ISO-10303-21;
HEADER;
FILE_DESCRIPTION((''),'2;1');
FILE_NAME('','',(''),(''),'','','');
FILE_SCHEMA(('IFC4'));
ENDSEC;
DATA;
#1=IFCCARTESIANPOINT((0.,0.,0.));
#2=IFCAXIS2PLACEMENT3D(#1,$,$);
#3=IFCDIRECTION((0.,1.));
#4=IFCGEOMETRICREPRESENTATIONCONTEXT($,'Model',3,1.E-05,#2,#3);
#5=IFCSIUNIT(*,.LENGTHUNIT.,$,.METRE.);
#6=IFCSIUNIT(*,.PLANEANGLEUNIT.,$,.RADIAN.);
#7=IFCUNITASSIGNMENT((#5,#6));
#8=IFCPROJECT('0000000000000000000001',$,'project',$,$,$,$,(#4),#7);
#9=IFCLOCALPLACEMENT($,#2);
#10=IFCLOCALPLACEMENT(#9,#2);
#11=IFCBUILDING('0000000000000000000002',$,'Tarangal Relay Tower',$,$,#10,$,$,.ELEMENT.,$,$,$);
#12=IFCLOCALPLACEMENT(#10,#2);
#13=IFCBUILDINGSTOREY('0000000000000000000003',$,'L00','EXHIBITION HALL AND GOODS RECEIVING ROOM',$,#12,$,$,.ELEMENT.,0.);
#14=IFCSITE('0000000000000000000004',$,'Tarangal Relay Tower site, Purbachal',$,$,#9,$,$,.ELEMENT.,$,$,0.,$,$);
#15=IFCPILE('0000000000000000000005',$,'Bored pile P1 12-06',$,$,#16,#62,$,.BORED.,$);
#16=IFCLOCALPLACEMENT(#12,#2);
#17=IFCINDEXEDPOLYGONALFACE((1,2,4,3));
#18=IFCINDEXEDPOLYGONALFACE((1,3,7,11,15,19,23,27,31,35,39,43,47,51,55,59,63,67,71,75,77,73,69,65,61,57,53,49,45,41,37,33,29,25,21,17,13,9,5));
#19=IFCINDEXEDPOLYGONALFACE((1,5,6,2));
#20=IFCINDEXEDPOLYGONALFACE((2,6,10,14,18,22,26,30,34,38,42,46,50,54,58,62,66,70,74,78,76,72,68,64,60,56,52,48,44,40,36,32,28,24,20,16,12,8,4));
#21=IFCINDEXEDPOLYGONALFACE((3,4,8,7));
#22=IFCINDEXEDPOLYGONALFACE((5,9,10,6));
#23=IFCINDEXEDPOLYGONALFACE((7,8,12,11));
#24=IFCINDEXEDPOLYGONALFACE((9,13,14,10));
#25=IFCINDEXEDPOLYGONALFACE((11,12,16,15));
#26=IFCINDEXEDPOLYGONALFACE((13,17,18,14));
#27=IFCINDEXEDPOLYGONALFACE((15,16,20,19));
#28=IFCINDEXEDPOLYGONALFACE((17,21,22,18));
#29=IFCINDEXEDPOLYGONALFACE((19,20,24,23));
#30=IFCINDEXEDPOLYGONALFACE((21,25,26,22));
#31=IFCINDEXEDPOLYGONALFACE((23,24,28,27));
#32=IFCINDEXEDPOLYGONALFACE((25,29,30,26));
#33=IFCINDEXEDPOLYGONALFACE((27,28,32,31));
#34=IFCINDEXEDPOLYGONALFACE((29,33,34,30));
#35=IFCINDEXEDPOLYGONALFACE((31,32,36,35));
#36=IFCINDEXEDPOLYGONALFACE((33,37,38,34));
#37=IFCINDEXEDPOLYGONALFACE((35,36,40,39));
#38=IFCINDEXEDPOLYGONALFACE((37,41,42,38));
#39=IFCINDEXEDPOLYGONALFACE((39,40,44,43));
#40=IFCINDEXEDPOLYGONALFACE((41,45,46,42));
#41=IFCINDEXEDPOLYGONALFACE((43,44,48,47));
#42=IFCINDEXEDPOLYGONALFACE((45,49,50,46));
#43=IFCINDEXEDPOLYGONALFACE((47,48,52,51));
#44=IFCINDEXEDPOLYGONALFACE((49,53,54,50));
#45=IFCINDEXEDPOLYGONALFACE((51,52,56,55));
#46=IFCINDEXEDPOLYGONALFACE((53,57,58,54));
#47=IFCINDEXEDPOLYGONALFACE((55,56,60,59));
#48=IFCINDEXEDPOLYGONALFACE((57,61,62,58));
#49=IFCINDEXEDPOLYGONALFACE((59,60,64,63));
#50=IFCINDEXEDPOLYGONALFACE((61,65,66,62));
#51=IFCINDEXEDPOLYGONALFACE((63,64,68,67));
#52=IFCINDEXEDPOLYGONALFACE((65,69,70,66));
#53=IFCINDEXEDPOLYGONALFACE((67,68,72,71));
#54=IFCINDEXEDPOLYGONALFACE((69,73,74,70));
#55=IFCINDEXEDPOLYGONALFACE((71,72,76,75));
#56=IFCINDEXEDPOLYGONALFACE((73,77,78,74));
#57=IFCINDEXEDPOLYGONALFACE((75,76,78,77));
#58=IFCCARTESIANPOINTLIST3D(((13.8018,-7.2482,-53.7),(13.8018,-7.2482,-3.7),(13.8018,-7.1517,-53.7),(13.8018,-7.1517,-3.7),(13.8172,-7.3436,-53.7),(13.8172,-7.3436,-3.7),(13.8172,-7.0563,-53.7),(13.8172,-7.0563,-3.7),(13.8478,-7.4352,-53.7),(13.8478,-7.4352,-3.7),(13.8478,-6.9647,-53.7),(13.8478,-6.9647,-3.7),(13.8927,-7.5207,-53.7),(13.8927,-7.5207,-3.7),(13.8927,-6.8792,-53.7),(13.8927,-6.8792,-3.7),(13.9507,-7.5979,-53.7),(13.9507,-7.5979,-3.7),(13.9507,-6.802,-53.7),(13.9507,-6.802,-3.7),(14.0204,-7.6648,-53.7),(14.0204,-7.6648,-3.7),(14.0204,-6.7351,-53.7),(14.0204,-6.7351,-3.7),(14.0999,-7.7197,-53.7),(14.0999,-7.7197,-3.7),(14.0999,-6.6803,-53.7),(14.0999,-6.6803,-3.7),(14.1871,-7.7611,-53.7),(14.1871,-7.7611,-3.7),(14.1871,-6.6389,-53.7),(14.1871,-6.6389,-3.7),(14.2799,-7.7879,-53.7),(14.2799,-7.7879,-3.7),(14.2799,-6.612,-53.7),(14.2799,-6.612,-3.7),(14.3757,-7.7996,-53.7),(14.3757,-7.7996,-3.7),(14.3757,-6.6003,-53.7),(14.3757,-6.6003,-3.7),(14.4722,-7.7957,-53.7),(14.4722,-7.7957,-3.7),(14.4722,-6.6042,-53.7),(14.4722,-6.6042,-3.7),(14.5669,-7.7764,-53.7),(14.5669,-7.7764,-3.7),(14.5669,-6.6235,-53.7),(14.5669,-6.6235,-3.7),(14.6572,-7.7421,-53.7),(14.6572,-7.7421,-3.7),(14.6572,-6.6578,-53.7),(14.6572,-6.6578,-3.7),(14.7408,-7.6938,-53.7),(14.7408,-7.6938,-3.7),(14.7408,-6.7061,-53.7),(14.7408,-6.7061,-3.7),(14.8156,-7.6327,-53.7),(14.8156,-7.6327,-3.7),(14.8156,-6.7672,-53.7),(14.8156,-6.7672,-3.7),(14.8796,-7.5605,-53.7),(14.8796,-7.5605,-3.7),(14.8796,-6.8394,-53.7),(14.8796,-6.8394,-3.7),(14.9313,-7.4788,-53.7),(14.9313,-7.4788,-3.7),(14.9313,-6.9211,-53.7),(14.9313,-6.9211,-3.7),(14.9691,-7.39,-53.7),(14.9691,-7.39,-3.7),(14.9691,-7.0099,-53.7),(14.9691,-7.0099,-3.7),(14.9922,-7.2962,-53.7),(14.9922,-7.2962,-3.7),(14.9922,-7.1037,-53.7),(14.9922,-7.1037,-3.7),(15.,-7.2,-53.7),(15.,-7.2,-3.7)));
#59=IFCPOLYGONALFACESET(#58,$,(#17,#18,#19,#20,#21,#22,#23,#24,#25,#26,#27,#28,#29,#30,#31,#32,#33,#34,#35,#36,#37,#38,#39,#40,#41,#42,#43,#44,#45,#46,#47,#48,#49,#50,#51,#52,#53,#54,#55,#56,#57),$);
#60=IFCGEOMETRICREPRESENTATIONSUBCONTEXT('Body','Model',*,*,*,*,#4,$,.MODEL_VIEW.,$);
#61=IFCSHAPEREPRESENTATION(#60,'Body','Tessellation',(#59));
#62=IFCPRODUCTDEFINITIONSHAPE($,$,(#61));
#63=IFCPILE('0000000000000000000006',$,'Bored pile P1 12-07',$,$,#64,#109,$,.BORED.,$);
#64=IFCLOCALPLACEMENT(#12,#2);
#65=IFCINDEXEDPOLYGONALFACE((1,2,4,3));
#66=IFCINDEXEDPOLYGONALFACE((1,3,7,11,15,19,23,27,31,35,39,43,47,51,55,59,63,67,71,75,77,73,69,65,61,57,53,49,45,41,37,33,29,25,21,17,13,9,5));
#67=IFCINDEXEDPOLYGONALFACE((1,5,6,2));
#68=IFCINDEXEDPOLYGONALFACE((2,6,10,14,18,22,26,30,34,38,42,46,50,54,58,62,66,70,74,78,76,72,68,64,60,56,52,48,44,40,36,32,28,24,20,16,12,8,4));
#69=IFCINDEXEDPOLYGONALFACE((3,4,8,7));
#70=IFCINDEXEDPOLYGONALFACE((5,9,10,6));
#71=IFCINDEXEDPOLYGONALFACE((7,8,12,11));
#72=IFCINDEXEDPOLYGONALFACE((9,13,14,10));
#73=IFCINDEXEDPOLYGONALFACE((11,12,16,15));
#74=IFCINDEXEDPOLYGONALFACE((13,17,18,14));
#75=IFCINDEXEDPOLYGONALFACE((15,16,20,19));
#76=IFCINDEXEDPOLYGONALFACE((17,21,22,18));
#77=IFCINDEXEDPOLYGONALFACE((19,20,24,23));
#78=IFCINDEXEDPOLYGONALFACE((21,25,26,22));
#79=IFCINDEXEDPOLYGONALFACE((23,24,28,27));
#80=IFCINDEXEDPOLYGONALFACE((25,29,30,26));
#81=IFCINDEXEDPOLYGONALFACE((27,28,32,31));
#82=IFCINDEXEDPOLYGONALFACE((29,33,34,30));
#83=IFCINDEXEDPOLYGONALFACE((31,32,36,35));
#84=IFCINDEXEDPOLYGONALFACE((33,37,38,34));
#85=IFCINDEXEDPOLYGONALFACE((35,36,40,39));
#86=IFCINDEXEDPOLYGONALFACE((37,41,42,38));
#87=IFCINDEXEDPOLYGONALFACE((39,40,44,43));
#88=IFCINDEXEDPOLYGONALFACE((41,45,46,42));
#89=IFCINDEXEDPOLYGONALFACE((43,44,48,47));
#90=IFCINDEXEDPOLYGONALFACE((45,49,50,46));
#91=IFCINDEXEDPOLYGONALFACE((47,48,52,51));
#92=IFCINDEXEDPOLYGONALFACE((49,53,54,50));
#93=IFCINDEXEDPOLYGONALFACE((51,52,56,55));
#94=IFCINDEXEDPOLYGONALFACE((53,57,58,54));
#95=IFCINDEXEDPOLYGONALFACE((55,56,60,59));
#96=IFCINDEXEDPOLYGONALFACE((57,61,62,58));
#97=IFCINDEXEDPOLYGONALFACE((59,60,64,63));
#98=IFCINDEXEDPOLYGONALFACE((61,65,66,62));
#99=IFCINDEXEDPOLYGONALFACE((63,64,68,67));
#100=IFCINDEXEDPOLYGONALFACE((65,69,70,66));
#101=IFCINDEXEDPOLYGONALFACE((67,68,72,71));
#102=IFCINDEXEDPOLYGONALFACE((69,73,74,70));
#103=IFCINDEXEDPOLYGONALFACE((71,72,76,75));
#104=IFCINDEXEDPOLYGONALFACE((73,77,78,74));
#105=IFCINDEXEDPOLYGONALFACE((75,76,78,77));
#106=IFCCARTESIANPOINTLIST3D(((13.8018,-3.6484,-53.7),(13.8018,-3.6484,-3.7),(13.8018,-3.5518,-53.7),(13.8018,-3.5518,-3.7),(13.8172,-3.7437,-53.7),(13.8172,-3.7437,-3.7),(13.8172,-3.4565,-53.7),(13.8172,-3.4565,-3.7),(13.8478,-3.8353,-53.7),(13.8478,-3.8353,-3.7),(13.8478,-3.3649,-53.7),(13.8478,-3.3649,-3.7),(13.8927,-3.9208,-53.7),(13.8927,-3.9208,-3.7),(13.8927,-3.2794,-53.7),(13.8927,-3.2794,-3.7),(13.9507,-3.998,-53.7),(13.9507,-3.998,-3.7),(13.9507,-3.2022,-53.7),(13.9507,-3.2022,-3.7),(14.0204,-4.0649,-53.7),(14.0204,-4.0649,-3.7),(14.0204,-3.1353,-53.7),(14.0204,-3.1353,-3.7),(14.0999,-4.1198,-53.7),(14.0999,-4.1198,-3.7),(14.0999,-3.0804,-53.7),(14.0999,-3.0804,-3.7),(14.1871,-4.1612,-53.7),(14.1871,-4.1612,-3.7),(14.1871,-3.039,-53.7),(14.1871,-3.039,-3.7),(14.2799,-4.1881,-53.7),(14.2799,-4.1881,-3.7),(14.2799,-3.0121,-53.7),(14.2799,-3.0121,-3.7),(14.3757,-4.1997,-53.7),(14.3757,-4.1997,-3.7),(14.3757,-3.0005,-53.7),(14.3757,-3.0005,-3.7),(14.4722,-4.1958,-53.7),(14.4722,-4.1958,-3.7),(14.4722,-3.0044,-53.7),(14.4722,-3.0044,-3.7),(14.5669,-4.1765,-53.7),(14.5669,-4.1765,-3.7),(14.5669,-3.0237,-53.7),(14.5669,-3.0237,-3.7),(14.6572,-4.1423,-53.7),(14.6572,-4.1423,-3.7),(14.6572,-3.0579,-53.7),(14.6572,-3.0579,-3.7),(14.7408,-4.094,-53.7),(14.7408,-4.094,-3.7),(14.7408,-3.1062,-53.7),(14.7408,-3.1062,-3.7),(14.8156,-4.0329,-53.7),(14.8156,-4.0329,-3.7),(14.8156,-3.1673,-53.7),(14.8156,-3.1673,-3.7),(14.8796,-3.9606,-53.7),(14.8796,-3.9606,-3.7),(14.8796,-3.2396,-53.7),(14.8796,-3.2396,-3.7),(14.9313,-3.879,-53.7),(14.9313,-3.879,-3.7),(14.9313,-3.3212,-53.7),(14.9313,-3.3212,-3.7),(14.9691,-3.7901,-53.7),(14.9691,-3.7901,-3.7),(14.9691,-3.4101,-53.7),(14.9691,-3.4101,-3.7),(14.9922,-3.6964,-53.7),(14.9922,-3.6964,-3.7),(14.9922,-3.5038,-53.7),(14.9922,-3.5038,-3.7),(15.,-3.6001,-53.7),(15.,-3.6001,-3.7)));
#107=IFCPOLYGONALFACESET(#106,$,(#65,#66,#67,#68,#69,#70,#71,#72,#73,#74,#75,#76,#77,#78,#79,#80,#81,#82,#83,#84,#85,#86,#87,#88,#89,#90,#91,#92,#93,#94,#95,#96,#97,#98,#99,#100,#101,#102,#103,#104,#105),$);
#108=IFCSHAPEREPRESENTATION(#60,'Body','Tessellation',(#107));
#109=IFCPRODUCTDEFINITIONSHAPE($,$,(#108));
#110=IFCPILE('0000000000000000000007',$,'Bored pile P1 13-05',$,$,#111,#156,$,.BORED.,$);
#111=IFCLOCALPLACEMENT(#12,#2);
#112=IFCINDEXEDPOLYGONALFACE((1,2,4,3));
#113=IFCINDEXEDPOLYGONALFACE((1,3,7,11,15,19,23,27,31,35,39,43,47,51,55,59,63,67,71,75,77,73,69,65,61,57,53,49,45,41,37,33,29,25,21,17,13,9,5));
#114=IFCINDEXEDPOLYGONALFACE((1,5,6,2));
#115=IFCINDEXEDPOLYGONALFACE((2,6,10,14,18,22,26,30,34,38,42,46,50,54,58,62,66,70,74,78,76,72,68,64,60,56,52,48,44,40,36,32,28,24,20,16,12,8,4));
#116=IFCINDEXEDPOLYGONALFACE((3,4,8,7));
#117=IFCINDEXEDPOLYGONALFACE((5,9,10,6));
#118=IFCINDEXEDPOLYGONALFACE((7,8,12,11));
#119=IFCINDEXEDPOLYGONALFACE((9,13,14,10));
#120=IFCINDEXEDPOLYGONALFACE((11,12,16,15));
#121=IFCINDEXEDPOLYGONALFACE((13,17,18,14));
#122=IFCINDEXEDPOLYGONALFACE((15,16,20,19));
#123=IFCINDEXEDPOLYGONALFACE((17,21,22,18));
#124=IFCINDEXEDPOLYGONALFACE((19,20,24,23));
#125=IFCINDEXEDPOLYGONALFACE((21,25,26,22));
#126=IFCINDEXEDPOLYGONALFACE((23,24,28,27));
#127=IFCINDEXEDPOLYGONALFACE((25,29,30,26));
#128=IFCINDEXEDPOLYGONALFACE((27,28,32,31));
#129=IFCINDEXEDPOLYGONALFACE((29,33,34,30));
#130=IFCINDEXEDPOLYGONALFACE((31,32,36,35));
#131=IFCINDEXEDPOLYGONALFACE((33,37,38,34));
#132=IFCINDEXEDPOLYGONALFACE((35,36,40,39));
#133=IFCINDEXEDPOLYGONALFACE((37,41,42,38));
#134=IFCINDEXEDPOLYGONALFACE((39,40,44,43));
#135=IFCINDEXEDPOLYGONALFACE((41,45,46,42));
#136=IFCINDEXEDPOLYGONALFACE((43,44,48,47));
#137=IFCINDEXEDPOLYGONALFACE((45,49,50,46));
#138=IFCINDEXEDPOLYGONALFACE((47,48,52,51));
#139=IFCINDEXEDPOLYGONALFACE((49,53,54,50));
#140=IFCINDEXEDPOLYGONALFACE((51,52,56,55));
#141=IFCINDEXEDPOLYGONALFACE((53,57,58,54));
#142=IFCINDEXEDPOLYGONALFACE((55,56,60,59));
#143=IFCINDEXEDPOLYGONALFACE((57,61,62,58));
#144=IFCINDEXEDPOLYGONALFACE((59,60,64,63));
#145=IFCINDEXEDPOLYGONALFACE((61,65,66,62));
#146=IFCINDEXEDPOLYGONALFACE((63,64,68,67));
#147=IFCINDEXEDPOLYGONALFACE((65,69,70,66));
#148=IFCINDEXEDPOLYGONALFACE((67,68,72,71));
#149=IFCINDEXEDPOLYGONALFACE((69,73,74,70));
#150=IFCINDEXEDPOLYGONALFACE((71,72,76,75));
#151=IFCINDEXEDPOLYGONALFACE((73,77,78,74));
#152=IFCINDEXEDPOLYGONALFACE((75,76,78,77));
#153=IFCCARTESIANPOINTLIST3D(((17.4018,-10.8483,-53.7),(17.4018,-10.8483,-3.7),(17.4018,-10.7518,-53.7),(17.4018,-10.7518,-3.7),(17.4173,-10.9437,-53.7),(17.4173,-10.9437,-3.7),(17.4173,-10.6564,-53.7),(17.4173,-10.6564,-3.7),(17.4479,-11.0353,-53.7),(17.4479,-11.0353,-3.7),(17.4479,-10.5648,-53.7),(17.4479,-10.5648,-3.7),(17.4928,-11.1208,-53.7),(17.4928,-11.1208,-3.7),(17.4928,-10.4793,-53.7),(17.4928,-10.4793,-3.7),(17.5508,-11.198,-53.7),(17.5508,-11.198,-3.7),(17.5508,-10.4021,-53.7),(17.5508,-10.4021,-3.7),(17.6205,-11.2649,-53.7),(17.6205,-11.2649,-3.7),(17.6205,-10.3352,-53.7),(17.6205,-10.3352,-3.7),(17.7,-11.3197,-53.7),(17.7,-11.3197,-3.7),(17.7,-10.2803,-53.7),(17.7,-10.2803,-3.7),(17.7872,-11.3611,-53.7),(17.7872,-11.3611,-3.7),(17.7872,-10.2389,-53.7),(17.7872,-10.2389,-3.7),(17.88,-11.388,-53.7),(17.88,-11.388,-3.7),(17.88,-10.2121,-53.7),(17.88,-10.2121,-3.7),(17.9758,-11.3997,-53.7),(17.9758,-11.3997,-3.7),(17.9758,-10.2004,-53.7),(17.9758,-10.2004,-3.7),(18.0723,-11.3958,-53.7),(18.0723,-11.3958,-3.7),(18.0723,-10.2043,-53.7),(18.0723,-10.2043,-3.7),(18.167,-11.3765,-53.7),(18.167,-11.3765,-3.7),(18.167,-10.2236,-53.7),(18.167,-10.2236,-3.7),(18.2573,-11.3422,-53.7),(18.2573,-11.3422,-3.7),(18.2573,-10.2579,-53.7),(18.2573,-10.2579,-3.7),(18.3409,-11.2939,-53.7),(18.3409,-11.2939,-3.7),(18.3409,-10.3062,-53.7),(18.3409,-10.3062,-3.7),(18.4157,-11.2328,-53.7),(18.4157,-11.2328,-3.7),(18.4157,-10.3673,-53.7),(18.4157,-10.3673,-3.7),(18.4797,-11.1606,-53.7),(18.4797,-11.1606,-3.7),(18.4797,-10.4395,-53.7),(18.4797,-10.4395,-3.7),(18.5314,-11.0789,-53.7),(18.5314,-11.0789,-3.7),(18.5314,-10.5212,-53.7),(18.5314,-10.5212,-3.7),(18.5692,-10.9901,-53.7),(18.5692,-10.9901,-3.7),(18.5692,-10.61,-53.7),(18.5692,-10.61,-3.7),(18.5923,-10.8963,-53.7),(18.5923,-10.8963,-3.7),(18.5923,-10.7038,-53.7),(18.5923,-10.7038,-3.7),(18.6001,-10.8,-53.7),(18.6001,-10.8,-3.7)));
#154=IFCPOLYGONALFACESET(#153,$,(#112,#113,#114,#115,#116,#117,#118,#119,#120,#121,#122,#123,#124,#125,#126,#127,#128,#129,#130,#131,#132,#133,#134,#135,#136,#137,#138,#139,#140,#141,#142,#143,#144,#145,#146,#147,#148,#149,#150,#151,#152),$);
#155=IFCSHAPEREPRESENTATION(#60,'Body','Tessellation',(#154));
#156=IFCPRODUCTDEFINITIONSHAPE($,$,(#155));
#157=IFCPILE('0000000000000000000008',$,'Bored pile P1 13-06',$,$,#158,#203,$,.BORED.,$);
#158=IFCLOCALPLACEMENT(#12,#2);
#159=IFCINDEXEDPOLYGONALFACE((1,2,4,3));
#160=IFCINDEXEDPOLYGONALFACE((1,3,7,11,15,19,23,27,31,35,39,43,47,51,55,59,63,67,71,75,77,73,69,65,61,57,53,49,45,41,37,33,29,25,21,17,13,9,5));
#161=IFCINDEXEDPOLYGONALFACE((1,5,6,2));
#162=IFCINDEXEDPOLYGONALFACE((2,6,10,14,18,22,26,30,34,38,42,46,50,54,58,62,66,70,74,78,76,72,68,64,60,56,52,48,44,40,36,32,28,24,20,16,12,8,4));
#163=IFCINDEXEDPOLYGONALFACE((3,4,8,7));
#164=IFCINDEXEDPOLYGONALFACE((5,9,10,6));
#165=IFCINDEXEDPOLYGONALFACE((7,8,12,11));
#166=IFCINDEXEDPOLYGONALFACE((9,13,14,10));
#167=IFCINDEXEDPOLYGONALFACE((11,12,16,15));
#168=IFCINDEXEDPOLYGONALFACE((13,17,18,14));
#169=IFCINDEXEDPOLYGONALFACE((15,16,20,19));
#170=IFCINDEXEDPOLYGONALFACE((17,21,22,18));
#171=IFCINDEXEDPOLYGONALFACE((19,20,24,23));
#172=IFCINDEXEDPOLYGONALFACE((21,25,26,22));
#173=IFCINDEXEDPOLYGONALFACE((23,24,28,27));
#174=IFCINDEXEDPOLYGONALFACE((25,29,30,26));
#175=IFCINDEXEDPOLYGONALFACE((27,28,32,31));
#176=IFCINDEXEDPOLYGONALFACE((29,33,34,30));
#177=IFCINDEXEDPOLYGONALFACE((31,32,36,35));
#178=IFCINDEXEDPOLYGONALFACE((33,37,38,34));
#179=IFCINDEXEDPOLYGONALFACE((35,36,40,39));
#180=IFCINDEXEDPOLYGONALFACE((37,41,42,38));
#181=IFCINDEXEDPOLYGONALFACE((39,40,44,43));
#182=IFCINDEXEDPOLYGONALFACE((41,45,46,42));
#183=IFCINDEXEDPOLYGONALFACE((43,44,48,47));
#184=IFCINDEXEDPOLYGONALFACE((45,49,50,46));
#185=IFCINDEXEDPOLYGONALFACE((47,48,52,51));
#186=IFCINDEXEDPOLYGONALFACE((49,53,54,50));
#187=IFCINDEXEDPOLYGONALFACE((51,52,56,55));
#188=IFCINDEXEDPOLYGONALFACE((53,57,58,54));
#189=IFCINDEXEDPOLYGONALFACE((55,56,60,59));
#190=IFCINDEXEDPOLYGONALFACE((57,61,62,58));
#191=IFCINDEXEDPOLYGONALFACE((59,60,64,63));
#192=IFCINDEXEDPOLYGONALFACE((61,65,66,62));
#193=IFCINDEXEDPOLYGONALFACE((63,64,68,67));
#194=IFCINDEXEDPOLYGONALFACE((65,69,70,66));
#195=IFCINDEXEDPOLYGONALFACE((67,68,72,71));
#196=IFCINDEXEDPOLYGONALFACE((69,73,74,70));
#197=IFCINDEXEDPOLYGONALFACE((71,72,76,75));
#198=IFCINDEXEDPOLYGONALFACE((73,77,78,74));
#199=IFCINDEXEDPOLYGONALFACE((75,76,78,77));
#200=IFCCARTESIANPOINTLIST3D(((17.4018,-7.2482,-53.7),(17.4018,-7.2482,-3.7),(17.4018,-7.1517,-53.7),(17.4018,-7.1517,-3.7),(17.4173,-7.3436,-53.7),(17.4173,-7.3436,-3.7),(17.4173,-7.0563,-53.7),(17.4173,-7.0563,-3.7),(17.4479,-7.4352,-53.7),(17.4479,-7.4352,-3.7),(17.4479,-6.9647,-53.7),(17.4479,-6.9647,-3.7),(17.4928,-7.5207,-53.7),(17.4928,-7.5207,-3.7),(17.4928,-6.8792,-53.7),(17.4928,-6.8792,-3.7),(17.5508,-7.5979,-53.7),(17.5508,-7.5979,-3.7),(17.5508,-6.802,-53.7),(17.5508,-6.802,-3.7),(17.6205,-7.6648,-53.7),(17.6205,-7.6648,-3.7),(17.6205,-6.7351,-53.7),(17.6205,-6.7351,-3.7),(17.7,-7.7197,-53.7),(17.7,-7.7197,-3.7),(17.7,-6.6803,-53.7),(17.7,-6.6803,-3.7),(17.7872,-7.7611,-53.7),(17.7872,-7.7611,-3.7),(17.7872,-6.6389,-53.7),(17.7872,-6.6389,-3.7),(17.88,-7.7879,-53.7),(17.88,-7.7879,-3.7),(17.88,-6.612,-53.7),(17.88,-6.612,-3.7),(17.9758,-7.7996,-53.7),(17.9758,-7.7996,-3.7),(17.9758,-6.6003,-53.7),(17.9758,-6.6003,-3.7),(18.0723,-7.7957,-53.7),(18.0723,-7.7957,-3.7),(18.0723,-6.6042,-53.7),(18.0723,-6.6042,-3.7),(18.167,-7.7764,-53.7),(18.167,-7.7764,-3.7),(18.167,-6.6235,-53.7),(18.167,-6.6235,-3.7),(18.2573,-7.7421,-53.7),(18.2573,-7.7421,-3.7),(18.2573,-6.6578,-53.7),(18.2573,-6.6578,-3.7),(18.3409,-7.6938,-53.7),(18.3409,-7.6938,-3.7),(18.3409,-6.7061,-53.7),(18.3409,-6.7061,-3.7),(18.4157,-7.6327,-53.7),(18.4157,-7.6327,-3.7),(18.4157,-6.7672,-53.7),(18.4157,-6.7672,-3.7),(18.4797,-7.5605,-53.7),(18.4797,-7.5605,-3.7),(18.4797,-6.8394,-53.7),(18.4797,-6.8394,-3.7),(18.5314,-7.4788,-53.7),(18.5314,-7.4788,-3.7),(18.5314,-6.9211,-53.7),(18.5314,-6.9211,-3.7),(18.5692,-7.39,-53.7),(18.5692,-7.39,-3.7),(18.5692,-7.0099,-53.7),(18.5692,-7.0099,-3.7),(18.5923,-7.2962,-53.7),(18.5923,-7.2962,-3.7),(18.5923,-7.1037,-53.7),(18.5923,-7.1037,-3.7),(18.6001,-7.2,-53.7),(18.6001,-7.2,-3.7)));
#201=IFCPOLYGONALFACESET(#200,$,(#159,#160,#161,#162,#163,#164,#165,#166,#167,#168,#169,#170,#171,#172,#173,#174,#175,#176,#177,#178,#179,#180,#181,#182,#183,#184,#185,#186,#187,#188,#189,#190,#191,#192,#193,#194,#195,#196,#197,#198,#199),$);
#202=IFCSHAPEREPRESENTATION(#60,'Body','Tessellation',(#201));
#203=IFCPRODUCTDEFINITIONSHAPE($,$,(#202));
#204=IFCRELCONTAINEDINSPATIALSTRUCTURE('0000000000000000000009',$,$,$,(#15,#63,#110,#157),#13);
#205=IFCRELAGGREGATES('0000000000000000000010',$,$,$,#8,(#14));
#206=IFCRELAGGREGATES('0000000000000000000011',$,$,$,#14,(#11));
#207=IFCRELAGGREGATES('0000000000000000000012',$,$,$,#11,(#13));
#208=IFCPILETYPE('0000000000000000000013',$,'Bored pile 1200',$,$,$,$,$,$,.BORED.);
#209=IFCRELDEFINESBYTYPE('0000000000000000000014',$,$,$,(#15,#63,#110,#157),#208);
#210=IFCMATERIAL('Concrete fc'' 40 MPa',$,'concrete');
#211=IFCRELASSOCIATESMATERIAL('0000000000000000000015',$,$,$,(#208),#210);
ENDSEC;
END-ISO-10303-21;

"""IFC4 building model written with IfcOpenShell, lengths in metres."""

from ifc_helpers import new_model, si_unit, direction, frame, origin, origin_2d, place, context, subcontext, project, spatial, circle, extrude, material, material_profile, profile_set, type_object, element, save


model = new_model("IFC4")

# Units and contexts
model_context = context("Model", 3, precision=1e-05, world=origin(), true_north=direction((0.0, 1.0)))
body_context = subcontext(model_context, "Body", "Model", "MODEL_VIEW")
ifc_project = project(units=[si_unit("LENGTHUNIT", "METRE"), si_unit("PLANEANGLEUNIT", "RADIAN")], contexts=[model_context])

# Site, building, storey
site_placement = place(None, origin())
site = spatial("IfcSite", under=ifc_project, at=site_placement, Name="Tarangal Relay Tower site, Purbachal", CompositionType="ELEMENT", RefElevation=0.0)
building_placement = place(site_placement, origin())
building = spatial("IfcBuilding", under=site, at=building_placement, Name="Tarangal Relay Tower", CompositionType="ELEMENT")
storey_placement = place(building_placement, origin())
storey = spatial("IfcBuildingStorey", under=building, at=storey_placement, Name="L00", Description="EXHIBITION HALL AND GOODS RECEIVING ROOM", CompositionType="ELEMENT", Elevation=0.0)

# Piles
ifc_material_1 = material(Name="Concrete fc' 40 MPa", Category="concrete")
ifc_material_profile_1 = material_profile(ifc_material_1, circle(Radius=0.6001, at=origin_2d()), Name="D1200")
ifc_profile_set_1 = profile_set([ifc_material_profile_1], Name="Concrete fc' 40 MPa")
pile_type = type_object("IfcPileType", Name="Bored pile 1200", PredefinedType="BORED", material=ifc_profile_set_1)
for number, where, z_axis, x_axis, name in (
    (1, (14.3999, -7.2, -3.7), (0.0, 0.0, -1.0), (1.0, 0.0, 0.0), "Bored pile P1 12-06"),
    (2, (14.3999, -3.6001, -3.7), (0.0, 0.0, -1.0), (1.0, 0.0, 0.0), "Bored pile P1 12-07"),
    (3, (18.0, -10.8, -3.7), (0.0, 0.0, -1.0), (1.0, 0.0, 0.0), "Bored pile P1 13-05"),
    (4, (18.0, -7.2, -3.7), (0.0, 0.0, -1.0), (1.0, 0.0, 0.0), "Bored pile P1 13-06"),
):
    element("IfcPile", number, at=place(storey_placement, frame(where, z_axis=z_axis, x_axis=x_axis)), inside=storey, type_object=pile_type, Name=name, PredefinedType="BORED", context=body_context, shape_type="SweptSolid", body=[
        extrude(circle(Radius=0.6001, at=origin_2d()), origin(), (0.0, 0.0, 1.0), 50.0),
    ])

save(model, "model.ifc")
